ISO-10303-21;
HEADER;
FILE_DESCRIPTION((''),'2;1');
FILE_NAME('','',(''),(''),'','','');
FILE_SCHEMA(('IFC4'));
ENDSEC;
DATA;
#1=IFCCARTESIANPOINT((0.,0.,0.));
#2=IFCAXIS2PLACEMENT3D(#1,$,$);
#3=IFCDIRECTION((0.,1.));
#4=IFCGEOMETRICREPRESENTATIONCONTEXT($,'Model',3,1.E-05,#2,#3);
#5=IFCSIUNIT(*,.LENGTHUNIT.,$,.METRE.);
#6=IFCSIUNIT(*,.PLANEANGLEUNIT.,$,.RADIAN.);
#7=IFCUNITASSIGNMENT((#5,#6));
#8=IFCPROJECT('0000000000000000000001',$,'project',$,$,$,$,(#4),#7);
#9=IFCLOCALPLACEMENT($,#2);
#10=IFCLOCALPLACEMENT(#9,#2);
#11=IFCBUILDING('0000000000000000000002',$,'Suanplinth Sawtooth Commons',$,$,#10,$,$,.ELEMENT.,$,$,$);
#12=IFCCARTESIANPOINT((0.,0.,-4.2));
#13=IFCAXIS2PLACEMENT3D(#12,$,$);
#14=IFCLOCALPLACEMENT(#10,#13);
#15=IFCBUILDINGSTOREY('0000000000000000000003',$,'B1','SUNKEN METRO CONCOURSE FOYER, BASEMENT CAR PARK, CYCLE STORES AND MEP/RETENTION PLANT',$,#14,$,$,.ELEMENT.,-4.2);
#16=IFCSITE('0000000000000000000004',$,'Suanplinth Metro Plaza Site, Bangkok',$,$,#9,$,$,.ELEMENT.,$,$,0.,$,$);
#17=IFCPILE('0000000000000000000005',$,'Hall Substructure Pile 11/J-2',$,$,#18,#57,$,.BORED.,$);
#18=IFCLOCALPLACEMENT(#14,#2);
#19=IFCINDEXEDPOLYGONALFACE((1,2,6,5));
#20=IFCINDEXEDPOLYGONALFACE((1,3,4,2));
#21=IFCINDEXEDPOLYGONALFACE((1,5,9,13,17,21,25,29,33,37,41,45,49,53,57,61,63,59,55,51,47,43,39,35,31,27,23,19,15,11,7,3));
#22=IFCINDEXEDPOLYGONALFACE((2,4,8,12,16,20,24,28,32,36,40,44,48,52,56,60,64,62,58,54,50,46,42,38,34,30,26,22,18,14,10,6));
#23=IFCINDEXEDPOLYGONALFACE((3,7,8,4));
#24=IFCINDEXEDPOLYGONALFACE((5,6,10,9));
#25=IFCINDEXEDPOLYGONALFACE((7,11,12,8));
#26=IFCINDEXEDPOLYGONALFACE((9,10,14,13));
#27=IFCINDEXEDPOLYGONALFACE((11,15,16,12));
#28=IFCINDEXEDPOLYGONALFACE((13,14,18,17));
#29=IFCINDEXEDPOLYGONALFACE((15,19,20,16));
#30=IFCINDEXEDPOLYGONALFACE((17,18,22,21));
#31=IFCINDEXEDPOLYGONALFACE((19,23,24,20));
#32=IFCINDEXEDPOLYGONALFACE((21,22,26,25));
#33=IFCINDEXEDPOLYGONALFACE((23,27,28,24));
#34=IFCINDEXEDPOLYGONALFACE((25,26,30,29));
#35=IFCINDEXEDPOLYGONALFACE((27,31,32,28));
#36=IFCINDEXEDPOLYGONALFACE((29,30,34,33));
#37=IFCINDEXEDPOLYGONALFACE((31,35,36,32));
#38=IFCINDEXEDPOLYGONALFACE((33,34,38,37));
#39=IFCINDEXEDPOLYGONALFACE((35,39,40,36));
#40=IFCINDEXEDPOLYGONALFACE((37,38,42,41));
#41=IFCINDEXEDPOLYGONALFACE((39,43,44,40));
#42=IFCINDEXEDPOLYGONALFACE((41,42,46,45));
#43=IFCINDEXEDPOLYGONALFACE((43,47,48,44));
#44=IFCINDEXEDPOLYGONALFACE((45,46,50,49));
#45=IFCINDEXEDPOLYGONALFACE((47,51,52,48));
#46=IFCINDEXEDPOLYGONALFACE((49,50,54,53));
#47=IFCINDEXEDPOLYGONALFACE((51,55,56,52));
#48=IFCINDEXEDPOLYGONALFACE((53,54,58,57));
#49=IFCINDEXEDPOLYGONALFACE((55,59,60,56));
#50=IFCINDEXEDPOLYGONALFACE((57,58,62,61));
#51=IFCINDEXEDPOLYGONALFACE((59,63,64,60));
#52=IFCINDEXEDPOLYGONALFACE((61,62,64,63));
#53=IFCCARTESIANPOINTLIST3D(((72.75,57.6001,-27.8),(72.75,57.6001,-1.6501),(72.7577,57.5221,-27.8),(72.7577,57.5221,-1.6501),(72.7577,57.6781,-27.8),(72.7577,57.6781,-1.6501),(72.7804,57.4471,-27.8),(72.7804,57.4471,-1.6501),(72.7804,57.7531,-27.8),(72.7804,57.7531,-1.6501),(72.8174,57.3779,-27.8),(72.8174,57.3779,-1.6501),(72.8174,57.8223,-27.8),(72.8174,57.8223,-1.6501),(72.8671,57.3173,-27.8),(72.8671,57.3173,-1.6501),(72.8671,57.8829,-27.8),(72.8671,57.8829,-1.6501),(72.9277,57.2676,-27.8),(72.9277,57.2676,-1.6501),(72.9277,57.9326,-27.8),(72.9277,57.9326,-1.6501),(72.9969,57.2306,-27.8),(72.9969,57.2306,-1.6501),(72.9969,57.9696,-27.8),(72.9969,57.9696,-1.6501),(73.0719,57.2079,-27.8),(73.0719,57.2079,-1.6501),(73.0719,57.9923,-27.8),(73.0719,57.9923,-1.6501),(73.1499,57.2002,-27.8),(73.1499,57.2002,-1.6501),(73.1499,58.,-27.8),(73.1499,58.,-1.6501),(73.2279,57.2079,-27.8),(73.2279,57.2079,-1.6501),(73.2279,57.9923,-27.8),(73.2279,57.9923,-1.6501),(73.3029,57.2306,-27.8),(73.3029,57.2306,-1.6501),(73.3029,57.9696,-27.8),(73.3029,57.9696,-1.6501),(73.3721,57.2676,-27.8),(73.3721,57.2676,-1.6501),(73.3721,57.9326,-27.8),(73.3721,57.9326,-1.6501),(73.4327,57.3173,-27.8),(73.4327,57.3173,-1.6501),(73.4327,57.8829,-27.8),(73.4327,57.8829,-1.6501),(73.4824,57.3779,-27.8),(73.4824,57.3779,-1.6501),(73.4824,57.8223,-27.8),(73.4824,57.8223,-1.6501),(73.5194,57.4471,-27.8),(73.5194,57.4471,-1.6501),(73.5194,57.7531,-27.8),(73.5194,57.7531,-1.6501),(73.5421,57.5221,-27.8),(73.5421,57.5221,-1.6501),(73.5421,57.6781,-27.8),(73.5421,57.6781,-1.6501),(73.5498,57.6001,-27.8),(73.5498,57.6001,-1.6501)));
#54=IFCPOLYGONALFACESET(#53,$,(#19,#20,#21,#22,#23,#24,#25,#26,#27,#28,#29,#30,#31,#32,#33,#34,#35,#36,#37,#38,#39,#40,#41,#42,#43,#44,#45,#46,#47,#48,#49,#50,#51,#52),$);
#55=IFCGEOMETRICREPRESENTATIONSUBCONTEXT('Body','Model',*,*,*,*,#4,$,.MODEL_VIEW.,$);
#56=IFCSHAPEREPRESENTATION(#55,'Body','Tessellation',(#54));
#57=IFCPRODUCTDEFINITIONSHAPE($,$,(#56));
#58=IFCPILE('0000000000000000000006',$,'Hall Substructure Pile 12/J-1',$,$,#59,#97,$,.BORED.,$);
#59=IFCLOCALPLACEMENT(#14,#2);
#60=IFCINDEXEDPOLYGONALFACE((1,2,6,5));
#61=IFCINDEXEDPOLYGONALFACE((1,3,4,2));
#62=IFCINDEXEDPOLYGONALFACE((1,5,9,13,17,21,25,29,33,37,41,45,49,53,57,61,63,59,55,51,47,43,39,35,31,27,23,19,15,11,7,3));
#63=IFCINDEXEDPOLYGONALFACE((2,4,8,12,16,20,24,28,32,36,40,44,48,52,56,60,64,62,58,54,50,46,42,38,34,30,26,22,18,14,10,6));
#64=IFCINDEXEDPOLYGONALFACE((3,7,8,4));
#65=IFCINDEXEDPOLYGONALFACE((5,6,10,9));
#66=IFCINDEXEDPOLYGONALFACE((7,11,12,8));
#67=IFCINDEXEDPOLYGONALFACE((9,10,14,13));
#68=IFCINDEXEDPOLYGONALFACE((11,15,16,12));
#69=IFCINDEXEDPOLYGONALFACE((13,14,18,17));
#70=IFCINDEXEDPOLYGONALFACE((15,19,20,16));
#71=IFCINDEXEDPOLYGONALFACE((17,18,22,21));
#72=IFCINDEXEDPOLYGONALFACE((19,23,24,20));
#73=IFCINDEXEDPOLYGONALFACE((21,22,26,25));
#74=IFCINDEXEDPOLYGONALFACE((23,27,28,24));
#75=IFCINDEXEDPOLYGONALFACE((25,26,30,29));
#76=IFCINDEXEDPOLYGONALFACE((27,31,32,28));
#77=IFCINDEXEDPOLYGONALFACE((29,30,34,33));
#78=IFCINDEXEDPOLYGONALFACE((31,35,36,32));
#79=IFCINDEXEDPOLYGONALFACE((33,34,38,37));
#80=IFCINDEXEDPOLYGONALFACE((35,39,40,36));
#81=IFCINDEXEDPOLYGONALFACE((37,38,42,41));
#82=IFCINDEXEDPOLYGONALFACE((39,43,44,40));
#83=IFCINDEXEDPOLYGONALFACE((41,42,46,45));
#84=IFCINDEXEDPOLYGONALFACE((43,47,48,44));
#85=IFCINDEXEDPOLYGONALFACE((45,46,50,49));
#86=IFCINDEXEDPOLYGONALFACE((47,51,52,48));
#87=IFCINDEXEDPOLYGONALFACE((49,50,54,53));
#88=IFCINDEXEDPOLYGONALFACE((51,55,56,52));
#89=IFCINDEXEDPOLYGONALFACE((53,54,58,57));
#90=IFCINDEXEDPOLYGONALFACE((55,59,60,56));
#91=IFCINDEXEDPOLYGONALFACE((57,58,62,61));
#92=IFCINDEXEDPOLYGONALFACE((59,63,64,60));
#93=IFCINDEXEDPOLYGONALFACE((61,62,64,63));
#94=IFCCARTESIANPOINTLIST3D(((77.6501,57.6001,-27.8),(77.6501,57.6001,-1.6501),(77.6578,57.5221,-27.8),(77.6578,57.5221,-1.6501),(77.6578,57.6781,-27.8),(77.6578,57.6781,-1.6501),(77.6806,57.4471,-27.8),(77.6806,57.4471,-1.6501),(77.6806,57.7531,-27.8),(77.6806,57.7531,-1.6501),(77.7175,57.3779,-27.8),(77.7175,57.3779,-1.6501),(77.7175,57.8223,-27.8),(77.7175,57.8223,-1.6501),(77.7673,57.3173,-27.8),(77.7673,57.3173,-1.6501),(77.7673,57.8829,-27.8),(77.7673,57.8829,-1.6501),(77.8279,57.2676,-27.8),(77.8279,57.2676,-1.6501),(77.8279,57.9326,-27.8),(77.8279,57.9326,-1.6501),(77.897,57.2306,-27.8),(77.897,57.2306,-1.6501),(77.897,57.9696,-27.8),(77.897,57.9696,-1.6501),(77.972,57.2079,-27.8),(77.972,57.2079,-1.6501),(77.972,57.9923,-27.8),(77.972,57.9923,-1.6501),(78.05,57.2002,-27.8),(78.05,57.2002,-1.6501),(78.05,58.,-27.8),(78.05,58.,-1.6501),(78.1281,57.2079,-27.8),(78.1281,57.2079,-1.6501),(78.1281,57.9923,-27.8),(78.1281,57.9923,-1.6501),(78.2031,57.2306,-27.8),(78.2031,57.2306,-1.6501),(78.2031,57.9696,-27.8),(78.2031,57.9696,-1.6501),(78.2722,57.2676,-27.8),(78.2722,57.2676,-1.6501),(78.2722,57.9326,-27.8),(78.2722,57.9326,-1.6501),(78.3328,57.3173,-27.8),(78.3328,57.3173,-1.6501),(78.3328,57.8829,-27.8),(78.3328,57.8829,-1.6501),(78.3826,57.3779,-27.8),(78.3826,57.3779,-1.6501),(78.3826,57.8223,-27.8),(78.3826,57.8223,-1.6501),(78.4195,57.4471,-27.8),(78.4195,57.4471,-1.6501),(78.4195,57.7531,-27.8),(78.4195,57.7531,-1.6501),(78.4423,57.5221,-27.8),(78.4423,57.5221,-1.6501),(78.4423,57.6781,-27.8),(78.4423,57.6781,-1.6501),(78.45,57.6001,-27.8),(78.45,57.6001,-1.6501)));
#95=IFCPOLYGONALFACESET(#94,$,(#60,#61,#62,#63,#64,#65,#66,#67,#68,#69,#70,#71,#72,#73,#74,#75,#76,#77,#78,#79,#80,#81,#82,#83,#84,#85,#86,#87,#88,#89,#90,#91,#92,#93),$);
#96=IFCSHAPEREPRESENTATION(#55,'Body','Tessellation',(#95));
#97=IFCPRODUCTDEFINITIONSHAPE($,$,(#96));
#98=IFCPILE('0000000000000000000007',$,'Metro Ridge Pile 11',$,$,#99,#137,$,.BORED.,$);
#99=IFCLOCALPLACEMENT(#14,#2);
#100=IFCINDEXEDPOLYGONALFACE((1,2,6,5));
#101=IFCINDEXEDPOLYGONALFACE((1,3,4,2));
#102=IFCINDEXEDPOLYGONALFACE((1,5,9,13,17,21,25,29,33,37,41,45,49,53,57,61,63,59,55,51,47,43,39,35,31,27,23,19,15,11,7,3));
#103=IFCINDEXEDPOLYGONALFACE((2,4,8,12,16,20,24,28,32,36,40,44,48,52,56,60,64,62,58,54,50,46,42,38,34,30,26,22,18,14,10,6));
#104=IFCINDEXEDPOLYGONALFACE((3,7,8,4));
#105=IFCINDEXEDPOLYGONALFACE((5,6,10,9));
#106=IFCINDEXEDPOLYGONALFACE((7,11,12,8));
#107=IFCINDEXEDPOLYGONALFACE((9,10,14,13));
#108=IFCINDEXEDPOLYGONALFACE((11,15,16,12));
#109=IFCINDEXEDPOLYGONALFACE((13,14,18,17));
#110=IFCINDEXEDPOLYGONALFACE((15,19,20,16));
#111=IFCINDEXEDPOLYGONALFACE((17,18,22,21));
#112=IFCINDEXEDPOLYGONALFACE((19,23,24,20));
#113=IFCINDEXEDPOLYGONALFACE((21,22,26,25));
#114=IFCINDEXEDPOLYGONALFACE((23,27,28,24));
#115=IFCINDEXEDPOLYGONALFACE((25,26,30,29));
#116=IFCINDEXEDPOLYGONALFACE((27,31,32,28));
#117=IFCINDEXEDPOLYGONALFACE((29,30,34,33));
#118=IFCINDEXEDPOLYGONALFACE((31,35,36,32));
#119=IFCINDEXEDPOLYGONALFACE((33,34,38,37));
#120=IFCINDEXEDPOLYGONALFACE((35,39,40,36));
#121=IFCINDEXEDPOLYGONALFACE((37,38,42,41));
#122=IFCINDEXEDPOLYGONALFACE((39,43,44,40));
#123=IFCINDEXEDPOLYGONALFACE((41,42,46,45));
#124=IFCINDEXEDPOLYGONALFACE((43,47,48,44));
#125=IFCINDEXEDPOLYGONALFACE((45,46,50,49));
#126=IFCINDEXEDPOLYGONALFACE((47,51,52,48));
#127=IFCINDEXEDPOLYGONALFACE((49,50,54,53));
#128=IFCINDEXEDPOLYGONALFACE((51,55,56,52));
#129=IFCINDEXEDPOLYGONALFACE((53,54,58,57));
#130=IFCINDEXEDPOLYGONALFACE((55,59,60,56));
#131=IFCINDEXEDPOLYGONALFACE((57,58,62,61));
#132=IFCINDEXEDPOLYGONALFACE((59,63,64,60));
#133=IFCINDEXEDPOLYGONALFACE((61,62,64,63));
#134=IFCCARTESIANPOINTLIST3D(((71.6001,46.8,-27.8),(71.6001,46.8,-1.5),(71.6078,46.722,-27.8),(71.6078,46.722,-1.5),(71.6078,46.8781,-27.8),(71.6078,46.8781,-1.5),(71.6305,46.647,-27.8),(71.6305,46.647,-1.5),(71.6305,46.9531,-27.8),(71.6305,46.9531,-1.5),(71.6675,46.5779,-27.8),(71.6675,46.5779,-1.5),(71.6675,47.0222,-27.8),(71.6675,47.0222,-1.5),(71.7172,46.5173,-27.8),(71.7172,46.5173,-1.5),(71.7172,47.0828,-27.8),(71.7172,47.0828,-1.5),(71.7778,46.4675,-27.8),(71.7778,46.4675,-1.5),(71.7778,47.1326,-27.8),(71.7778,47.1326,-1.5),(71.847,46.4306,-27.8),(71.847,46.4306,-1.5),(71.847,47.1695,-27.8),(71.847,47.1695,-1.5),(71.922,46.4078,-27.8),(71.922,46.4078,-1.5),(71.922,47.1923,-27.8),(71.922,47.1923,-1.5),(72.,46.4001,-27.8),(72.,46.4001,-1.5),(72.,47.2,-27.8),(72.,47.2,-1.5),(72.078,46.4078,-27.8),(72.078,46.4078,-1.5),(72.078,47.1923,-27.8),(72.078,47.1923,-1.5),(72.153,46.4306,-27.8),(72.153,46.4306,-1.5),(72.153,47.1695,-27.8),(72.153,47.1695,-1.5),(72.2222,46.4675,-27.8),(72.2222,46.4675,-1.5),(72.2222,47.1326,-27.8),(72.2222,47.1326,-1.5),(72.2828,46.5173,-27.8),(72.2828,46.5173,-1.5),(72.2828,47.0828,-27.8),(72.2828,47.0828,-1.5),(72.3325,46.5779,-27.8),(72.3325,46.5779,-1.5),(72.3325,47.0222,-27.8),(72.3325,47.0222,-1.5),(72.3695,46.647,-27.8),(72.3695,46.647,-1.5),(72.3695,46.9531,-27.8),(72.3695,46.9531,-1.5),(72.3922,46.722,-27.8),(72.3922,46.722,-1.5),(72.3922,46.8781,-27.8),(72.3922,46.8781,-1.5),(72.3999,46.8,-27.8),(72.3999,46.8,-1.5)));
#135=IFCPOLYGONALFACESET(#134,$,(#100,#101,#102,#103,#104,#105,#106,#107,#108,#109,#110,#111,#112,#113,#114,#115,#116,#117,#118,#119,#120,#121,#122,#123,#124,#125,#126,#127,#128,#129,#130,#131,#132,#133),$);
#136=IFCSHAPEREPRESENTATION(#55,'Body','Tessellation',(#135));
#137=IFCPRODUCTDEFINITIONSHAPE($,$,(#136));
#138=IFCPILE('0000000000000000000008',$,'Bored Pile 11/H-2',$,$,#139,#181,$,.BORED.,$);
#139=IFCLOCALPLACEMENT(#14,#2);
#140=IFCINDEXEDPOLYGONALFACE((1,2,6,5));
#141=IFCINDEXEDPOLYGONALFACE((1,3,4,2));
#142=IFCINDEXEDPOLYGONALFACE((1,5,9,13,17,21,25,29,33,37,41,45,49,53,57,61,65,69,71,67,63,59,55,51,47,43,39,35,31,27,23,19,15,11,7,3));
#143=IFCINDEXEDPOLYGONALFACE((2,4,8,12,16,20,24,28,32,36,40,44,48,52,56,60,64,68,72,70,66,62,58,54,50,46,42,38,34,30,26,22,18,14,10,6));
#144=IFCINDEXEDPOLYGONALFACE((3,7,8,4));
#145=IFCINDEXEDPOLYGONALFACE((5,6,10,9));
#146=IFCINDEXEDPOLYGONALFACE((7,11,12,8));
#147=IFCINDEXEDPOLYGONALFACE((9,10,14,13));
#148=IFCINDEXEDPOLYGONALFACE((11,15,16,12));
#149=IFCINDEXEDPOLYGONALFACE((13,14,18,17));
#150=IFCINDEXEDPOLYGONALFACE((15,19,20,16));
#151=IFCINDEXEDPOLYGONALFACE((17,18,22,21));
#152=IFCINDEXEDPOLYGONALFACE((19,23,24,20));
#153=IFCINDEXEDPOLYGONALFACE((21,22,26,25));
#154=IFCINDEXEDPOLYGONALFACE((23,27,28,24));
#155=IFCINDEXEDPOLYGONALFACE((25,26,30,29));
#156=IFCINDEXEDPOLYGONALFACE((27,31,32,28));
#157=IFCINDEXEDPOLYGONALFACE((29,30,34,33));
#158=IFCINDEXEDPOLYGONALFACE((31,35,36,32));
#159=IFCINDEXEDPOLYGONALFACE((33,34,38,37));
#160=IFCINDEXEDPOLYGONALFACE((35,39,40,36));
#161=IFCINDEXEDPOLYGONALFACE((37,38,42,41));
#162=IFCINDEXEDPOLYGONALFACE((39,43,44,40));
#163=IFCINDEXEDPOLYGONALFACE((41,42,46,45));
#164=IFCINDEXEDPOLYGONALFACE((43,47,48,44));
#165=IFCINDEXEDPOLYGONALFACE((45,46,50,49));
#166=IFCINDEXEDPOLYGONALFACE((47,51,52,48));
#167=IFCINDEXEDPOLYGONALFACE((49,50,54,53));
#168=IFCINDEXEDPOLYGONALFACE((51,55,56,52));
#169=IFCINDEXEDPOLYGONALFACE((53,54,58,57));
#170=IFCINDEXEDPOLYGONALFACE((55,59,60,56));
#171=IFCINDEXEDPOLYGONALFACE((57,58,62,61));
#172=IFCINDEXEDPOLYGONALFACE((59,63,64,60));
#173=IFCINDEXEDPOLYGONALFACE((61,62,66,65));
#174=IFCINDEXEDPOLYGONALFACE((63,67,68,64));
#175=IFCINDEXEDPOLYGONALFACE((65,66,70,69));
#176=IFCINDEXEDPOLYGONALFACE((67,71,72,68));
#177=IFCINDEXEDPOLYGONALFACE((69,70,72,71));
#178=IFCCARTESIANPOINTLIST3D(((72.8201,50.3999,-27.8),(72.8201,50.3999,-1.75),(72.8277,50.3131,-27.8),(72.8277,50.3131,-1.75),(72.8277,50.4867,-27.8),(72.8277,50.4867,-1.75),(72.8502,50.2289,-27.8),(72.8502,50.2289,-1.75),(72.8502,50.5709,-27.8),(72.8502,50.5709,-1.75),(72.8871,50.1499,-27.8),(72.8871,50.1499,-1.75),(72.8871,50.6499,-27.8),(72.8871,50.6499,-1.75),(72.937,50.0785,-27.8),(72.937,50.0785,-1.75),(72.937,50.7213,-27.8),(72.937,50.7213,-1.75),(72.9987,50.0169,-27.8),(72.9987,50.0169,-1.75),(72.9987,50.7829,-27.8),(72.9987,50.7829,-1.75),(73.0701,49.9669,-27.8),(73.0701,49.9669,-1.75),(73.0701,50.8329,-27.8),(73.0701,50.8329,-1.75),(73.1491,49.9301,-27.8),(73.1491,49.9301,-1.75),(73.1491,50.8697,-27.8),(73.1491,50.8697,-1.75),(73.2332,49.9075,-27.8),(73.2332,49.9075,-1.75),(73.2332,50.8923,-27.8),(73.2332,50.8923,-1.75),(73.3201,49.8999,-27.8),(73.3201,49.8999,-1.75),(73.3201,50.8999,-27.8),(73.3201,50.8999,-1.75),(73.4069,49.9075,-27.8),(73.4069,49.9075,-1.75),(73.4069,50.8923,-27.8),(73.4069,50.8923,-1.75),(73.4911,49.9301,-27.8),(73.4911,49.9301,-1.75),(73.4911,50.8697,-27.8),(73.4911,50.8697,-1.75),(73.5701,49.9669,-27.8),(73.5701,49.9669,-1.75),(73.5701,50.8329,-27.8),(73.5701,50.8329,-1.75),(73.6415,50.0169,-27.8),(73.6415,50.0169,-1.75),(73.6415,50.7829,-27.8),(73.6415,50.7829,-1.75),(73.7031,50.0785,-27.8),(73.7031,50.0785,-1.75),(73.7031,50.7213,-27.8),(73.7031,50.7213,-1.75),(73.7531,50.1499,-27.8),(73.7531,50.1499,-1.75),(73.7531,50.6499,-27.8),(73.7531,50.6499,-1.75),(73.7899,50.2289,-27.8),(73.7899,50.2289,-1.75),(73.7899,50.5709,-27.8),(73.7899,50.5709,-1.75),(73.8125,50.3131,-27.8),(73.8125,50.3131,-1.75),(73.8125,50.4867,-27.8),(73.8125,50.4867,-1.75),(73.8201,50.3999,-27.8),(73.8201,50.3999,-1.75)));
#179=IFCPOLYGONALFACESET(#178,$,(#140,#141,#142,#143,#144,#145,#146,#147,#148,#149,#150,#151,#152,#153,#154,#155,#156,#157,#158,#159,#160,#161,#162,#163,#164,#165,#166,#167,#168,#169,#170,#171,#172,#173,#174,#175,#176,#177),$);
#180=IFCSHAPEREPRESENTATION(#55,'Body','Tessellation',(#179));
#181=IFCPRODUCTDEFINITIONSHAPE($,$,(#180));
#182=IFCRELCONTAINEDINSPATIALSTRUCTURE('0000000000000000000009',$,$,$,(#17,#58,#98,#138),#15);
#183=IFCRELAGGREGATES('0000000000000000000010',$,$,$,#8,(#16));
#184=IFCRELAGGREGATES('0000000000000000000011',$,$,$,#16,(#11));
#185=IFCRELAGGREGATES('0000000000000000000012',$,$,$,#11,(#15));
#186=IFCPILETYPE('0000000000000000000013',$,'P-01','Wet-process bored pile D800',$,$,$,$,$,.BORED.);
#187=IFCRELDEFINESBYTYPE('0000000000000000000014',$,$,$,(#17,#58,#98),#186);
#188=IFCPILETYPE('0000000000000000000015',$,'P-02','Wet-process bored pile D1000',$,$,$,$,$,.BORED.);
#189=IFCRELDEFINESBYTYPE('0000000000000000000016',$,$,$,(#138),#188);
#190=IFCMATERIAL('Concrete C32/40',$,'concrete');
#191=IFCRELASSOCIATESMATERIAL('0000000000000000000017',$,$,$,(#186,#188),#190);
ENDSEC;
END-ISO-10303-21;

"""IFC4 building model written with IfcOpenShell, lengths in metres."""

from ifc_helpers import new_model, si_unit, direction, frame, origin, origin_2d, place, context, subcontext, project, spatial, circle, extrude, material, material_profile, profile_set, type_object, element, save


model = new_model("IFC4")

# Units and contexts
model_context = context("Model", 3, precision=1e-05, world=origin(), true_north=direction((0.0, 1.0)))
body_context = subcontext(model_context, "Body", "Model", "MODEL_VIEW")
ifc_project = project(units=[si_unit("LENGTHUNIT", "METRE"), si_unit("PLANEANGLEUNIT", "RADIAN")], contexts=[model_context])

# Site, building, storey
site_placement = place(None, origin())
site = spatial("IfcSite", under=ifc_project, at=site_placement, Name="Suanplinth Metro Plaza Site, Bangkok", CompositionType="ELEMENT", RefElevation=0.0)
building_placement = place(site_placement, origin())
building = spatial("IfcBuilding", under=site, at=building_placement, Name="Suanplinth Sawtooth Commons", CompositionType="ELEMENT")
storey_placement = place(building_placement, frame((0.0, 0.0, -4.2)))
storey = spatial("IfcBuildingStorey", under=building, at=storey_placement, Name="B1", Description="SUNKEN METRO CONCOURSE FOYER, BASEMENT CAR PARK, CYCLE STORES AND MEP/RETENTION PLANT", CompositionType="ELEMENT", Elevation=-4.2)

# Piles
ifc_material_1 = material(Name="Concrete C32/40", Category="concrete")
ifc_material_profile_1 = material_profile(ifc_material_1, circle(Radius=0.3999, at=origin_2d()), Name="PILE D800")
ifc_profile_set_1 = profile_set([ifc_material_profile_1], Name="Concrete C32/40")
pile_type_1 = type_object("IfcPileType", Name="P-01", Description="Wet-process bored pile D800", PredefinedType="BORED", material=ifc_profile_set_1)
for number, where, z_axis, x_axis, name in (
    (1, (73.1499, 57.6001, -1.6501), (0.0, 0.0, -1.0), (1.0, 0.0, 0.0), "Hall Substructure Pile 11/J-2"),
    (2, (78.05, 57.6001, -1.6501), (0.0, 0.0, -1.0), (1.0, 0.0, 0.0), "Hall Substructure Pile 12/J-1"),
):
    element("IfcPile", number, at=place(storey_placement, frame(where, z_axis=z_axis, x_axis=x_axis)), inside=storey, type_object=pile_type_1, Name=name, PredefinedType="BORED", context=body_context, shape_type="SweptSolid", body=[
        extrude(circle(Radius=0.3999, at=origin_2d()), origin(), (0.0, 0.0, 1.0), 26.1499),
    ])
pile_1_placement = place(storey_placement, frame((72.0, 46.8, -1.5), z_axis=(0.0, 0.0, -1.0), x_axis=(1.0, 0.0, 0.0)))
element("IfcPile", 3, at=pile_1_placement, inside=storey, type_object=pile_type_1, Name="Metro Ridge Pile 11", PredefinedType="BORED", context=body_context, shape_type="SweptSolid", body=[
    extrude(circle(Radius=0.3999, at=origin_2d()), origin(), (0.0, 0.0, 1.0), 26.3),
])
ifc_material_profile_2 = material_profile(ifc_material_1, circle(Radius=0.5, at=origin_2d()), Name="PILE D1000")
ifc_profile_set_2 = profile_set([ifc_material_profile_2], Name="Concrete C32/40")
pile_type_2 = type_object("IfcPileType", Name="P-02", Description="Wet-process bored pile D1000", PredefinedType="BORED", material=ifc_profile_set_2)
pile_2_placement = place(storey_placement, frame((73.3201, 50.3999, -1.75), z_axis=(0.0, 0.0, -1.0), x_axis=(1.0, 0.0, 0.0)))
element("IfcPile", 4, at=pile_2_placement, inside=storey, type_object=pile_type_2, Name="Bored Pile 11/H-2", PredefinedType="BORED", context=body_context, shape_type="SweptSolid", body=[
    extrude(circle(Radius=0.5, at=origin_2d()), origin(), (0.0, 0.0, 1.0), 26.05),
])

save(model, "model.ifc")
